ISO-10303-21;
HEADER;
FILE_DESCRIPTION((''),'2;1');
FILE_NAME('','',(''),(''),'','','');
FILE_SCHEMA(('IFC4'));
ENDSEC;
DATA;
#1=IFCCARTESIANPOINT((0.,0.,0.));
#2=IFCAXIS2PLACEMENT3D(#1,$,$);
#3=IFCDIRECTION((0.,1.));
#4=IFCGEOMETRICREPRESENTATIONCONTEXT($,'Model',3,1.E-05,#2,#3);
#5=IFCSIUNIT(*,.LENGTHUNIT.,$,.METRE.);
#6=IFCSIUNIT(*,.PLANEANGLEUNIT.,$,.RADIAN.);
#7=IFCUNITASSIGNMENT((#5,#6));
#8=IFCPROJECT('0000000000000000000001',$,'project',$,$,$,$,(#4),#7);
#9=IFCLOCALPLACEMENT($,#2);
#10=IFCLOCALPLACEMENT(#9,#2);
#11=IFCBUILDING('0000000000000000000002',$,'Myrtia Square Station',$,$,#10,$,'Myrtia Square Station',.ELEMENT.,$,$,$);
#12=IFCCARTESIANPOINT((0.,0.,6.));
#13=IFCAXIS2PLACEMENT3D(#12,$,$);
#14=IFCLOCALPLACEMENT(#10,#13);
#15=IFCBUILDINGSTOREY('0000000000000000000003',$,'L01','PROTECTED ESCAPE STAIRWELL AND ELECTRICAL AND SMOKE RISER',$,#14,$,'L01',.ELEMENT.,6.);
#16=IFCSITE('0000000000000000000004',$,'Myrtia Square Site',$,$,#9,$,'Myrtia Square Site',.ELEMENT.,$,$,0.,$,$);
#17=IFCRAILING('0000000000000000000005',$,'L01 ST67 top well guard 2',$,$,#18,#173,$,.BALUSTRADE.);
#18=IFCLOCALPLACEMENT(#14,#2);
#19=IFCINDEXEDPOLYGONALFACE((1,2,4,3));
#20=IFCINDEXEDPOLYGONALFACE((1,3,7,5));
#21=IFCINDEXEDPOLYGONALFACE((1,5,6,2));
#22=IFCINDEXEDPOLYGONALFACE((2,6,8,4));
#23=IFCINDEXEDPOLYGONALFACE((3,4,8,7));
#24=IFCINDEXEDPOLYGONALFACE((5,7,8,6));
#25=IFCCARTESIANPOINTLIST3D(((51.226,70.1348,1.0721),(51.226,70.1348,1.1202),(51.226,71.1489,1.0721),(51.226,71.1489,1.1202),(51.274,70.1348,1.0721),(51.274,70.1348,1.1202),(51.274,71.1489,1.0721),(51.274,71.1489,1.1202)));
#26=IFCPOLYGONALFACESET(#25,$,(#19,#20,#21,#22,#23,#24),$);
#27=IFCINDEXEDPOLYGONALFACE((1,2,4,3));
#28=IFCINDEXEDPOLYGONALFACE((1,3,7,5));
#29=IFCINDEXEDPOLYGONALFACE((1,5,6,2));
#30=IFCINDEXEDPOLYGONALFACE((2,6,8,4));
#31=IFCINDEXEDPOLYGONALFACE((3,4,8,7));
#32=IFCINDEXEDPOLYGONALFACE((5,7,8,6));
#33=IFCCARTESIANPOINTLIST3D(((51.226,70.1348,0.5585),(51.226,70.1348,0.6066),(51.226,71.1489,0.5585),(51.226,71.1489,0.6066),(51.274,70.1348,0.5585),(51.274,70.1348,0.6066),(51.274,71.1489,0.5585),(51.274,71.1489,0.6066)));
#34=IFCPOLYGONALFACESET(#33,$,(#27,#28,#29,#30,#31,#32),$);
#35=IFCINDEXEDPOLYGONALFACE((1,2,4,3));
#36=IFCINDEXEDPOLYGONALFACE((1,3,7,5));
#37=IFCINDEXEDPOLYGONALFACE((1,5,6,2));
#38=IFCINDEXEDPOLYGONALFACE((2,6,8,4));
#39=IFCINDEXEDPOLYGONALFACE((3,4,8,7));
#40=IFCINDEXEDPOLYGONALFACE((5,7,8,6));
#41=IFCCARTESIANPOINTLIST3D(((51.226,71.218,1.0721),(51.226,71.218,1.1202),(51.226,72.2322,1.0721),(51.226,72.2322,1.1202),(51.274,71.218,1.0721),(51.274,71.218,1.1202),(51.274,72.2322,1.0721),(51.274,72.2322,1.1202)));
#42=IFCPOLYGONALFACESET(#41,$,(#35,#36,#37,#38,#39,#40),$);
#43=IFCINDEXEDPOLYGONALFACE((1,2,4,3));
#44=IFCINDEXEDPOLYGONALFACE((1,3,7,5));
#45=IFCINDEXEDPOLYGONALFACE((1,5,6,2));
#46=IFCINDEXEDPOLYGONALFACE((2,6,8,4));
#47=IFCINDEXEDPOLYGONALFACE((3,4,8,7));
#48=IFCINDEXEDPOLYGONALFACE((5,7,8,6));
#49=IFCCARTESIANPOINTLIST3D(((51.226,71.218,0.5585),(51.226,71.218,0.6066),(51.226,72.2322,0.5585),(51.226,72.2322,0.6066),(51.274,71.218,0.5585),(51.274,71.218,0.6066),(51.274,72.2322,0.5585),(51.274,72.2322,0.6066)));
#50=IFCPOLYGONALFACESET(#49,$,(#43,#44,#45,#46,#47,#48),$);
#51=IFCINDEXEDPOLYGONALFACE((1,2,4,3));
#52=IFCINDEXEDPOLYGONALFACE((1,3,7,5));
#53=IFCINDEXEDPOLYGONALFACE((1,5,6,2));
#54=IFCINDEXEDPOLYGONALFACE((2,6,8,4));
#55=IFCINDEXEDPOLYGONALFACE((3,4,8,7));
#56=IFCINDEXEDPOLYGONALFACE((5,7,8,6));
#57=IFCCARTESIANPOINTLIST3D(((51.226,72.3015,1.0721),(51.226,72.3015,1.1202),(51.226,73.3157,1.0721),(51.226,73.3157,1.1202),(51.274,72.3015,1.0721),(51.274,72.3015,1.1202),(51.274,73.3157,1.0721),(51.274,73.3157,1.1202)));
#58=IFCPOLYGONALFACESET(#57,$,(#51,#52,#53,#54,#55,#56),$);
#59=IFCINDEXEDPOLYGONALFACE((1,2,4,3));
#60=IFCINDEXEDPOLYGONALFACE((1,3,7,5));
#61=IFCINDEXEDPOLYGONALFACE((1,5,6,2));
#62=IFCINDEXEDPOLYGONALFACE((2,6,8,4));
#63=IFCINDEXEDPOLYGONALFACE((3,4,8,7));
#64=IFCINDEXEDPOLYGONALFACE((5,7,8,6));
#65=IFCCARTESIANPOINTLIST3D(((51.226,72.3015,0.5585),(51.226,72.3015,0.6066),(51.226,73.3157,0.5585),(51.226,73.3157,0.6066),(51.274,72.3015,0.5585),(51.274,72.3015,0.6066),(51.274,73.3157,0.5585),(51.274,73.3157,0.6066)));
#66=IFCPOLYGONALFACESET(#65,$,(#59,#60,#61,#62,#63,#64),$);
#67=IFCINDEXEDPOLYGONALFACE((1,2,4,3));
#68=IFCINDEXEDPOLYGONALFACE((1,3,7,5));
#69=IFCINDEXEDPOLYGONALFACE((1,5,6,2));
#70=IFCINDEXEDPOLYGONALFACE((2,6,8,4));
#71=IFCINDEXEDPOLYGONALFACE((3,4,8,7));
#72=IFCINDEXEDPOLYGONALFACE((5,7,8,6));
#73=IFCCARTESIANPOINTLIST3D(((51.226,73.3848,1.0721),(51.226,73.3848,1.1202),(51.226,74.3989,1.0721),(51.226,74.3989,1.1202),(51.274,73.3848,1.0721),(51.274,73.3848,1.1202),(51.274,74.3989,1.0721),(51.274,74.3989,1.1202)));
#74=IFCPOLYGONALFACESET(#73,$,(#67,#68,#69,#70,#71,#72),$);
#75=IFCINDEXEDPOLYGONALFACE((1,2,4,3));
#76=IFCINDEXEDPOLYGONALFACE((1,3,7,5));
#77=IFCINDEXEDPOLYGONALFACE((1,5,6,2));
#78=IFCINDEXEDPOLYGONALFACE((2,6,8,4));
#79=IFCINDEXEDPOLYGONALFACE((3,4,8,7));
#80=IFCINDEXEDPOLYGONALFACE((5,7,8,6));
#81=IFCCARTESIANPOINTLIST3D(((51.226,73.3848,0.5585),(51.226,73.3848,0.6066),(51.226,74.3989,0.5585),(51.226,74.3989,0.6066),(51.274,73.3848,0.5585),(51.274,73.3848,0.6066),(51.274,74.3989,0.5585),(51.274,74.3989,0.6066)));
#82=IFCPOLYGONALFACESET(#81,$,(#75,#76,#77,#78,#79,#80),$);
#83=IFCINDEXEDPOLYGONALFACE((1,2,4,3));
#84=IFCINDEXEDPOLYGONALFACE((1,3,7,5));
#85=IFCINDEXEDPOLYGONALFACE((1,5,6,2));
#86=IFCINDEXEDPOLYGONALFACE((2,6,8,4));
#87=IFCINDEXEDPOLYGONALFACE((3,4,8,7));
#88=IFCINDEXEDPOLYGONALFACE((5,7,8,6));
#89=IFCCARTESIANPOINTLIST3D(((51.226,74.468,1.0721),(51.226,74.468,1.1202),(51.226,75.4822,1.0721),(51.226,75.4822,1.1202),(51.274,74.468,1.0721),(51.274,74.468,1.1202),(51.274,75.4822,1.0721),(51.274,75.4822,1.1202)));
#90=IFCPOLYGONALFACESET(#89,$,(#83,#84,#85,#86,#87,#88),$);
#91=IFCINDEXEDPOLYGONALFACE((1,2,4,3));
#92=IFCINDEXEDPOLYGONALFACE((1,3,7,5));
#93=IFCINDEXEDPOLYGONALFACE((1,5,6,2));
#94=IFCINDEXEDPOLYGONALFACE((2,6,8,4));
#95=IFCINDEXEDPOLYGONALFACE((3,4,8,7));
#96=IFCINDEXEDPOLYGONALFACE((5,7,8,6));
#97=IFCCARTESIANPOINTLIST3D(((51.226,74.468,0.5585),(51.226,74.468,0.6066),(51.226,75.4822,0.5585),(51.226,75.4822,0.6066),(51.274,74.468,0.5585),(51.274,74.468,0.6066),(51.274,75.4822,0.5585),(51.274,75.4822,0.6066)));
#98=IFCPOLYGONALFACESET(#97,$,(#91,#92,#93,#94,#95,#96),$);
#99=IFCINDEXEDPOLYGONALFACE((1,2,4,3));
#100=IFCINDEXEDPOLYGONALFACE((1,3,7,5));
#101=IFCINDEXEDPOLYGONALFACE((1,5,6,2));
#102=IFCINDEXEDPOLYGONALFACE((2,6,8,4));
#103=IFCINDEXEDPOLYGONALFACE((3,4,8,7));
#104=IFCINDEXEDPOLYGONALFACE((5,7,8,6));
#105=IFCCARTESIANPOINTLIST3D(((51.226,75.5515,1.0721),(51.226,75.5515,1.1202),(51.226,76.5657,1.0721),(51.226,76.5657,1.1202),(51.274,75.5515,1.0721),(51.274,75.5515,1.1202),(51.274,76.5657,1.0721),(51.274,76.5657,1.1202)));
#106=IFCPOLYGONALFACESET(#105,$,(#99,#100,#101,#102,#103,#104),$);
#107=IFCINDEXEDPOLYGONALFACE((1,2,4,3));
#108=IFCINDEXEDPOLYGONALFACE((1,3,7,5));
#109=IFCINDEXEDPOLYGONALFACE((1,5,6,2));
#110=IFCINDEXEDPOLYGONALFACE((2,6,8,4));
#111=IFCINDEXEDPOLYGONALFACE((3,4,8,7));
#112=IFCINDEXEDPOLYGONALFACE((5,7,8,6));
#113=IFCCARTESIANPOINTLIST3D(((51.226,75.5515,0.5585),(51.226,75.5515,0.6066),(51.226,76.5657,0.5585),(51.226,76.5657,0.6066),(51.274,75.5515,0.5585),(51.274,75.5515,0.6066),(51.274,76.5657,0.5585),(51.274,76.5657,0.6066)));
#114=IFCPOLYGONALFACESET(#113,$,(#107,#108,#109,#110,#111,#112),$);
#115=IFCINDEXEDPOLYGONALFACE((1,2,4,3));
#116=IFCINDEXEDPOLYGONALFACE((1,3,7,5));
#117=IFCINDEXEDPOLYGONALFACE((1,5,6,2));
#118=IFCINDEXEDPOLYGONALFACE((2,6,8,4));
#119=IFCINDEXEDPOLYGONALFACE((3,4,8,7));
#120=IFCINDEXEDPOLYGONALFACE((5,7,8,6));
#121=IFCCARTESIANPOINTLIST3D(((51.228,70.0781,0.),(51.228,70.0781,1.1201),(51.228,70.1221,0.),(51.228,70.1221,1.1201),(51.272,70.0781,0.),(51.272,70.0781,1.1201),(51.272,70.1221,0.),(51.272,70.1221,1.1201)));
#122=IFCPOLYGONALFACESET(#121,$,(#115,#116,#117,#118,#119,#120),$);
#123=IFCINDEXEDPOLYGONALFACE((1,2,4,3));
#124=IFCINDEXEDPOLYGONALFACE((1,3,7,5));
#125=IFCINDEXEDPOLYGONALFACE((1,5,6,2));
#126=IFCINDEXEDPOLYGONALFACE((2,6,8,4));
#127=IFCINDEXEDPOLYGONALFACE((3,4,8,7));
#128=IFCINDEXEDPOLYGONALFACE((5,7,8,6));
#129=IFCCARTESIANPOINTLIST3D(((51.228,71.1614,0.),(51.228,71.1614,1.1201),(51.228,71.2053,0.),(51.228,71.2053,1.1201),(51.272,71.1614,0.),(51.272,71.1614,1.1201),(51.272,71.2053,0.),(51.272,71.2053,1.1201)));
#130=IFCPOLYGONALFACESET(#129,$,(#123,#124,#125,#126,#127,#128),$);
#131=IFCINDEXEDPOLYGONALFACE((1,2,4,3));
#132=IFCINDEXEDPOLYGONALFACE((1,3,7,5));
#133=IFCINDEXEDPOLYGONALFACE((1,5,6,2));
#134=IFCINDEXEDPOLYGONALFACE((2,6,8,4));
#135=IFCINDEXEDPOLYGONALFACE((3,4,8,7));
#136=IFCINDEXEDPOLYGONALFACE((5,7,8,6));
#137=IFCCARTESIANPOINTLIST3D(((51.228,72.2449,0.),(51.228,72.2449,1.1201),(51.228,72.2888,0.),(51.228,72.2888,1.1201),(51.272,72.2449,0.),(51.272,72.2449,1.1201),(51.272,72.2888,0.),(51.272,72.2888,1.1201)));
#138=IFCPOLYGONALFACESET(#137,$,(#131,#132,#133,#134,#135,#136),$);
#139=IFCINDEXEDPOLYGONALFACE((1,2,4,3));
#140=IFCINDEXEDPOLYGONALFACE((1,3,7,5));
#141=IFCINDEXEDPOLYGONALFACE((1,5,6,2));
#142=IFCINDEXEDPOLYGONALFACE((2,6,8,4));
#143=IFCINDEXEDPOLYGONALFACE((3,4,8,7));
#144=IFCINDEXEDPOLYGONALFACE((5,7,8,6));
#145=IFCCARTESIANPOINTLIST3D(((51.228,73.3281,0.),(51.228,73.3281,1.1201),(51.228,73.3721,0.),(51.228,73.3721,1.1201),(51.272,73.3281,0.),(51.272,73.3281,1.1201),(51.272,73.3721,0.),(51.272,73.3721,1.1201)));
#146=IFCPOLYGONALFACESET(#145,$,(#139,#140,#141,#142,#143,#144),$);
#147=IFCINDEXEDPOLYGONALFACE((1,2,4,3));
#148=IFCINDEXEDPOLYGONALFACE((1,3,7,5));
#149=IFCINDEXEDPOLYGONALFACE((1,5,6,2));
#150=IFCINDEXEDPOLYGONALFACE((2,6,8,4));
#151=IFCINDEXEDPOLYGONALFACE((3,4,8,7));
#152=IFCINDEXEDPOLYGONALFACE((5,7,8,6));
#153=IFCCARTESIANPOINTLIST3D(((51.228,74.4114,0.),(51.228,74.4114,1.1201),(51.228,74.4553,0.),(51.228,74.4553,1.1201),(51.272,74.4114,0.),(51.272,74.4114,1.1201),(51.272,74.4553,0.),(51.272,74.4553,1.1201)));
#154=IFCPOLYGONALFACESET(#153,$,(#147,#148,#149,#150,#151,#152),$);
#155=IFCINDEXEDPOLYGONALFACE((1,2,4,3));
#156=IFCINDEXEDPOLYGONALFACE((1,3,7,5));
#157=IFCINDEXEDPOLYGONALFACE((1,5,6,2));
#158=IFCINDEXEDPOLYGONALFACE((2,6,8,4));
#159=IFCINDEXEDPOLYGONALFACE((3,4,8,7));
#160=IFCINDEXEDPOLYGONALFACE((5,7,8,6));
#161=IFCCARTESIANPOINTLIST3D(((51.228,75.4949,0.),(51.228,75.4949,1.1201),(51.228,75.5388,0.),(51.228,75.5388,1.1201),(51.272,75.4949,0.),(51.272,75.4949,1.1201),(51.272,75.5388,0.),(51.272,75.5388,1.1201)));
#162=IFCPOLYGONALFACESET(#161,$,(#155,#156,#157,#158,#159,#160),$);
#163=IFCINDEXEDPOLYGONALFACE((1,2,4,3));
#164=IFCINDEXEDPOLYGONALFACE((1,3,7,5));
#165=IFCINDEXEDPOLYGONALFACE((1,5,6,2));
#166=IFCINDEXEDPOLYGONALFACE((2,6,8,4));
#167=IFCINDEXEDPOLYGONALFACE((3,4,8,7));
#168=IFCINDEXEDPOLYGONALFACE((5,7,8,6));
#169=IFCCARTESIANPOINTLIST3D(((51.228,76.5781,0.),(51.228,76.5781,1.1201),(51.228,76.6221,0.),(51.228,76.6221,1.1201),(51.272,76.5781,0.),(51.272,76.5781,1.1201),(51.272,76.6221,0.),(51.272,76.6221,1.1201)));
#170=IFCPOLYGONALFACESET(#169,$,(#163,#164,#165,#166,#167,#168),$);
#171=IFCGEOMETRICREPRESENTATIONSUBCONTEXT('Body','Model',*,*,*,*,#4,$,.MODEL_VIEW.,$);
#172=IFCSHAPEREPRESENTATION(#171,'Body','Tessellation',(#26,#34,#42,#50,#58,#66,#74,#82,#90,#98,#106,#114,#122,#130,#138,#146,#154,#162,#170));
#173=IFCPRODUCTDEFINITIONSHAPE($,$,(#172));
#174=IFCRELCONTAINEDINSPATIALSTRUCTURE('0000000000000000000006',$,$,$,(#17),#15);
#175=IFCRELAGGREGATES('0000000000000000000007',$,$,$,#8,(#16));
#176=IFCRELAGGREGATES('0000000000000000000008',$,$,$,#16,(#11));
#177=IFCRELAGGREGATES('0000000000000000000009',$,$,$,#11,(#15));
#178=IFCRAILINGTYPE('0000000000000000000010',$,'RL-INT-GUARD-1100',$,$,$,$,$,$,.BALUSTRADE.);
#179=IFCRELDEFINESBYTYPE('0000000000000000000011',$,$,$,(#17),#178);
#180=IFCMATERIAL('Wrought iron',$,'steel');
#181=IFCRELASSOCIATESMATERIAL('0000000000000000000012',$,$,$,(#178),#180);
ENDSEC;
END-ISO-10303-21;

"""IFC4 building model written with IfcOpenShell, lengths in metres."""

from ifc_helpers import new_model, si_unit, direction, frame, origin, origin_2d, place, context, subcontext, project, spatial, rectangle, extrude, material, type_object, element, save


model = new_model("IFC4")

# Units and contexts
model_context = context("Model", 3, precision=1e-05, world=origin(), true_north=direction((0.0, 1.0)))
body_context = subcontext(model_context, "Body", "Model", "MODEL_VIEW")
ifc_project = project(units=[si_unit("LENGTHUNIT", "METRE"), si_unit("PLANEANGLEUNIT", "RADIAN")], contexts=[model_context])

# Site, building, storey
site_placement = place(None, origin())
site = spatial("IfcSite", under=ifc_project, at=site_placement, Name="Myrtia Square Site", LongName="Myrtia Square Site", CompositionType="ELEMENT", RefElevation=0.0)
building_placement = place(site_placement, origin())
building = spatial("IfcBuilding", under=site, at=building_placement, Name="Myrtia Square Station", LongName="Myrtia Square Station", CompositionType="ELEMENT")
storey_placement = place(building_placement, frame((0.0, 0.0, 6.0)))
storey = spatial("IfcBuildingStorey", under=building, at=storey_placement, Name="L01", Description="PROTECTED ESCAPE STAIRWELL AND ELECTRICAL AND SMOKE RISER", LongName="L01", CompositionType="ELEMENT", Elevation=6.0)

# Railing
ifc_material_1 = material(Name="Wrought iron", Category="steel")
railing_type = type_object("IfcRailingType", Name="RL-INT-GUARD-1100", PredefinedType="BALUSTRADE", material=ifc_material_1)
railing_1_placement = place(storey_placement, frame((51.25, 70.1001, 0.0)))
element("IfcRailing", 1, at=railing_1_placement, inside=storey, type_object=railing_type, Name="L01 ST67 top well guard 2", PredefinedType="BALUSTRADE", context=body_context, shape_type="SweptSolid", body=[
    extrude(rectangle(XDim=0.0481, YDim=0.0481, at=origin_2d()), frame((0.0, 0.0347, 1.0962), z_axis=(0.0, 1.0, 0.0), x_axis=(-1.0, 0.0, 0.0)), (0.0, 0.0, 1.0), 1.0142),
    extrude(rectangle(XDim=0.0481, YDim=0.0481, at=origin_2d()), frame((0.0, 0.0347, 0.5825), z_axis=(0.0, 1.0, 0.0), x_axis=(-1.0, 0.0, 0.0)), (0.0, 0.0, 1.0), 1.0142),
    extrude(rectangle(XDim=0.0481, YDim=0.0481, at=origin_2d()), frame((0.0, 1.1179, 1.0962), z_axis=(0.0, 1.0, 0.0), x_axis=(-1.0, 0.0, 0.0)), (0.0, 0.0, 1.0), 1.0142),
    extrude(rectangle(XDim=0.0481, YDim=0.0481, at=origin_2d()), frame((0.0, 1.1179, 0.5825), z_axis=(0.0, 1.0, 0.0), x_axis=(-1.0, 0.0, 0.0)), (0.0, 0.0, 1.0), 1.0142),
    extrude(rectangle(XDim=0.0481, YDim=0.0481, at=origin_2d()), frame((0.0, 2.2014, 1.0962), z_axis=(0.0, 1.0, 0.0), x_axis=(-1.0, 0.0, 0.0)), (0.0, 0.0, 1.0), 1.0142),
    extrude(rectangle(XDim=0.0481, YDim=0.0481, at=origin_2d()), frame((0.0, 2.2014, 0.5825), z_axis=(0.0, 1.0, 0.0), x_axis=(-1.0, 0.0, 0.0)), (0.0, 0.0, 1.0), 1.0142),
    extrude(rectangle(XDim=0.0481, YDim=0.0481, at=origin_2d()), frame((0.0, 3.2847, 1.0962), z_axis=(0.0, 1.0, 0.0), x_axis=(-1.0, 0.0, 0.0)), (0.0, 0.0, 1.0), 1.0142),
    extrude(rectangle(XDim=0.0481, YDim=0.0481, at=origin_2d()), frame((0.0, 3.2847, 0.5825), z_axis=(0.0, 1.0, 0.0), x_axis=(-1.0, 0.0, 0.0)), (0.0, 0.0, 1.0), 1.0142),
    extrude(rectangle(XDim=0.0481, YDim=0.0481, at=origin_2d()), frame((0.0, 4.3679, 1.0962), z_axis=(0.0, 1.0, 0.0), x_axis=(-1.0, 0.0, 0.0)), (0.0, 0.0, 1.0), 1.0142),
    extrude(rectangle(XDim=0.0481, YDim=0.0481, at=origin_2d()), frame((0.0, 4.3679, 0.5825), z_axis=(0.0, 1.0, 0.0), x_axis=(-1.0, 0.0, 0.0)), (0.0, 0.0, 1.0), 1.0142),
    extrude(rectangle(XDim=0.0481, YDim=0.0481, at=origin_2d()), frame((0.0, 5.4514, 1.0962), z_axis=(0.0, 1.0, 0.0), x_axis=(-1.0, 0.0, 0.0)), (0.0, 0.0, 1.0), 1.0142),
    extrude(rectangle(XDim=0.0481, YDim=0.0481, at=origin_2d()), frame((0.0, 5.4514, 0.5825), z_axis=(0.0, 1.0, 0.0), x_axis=(-1.0, 0.0, 0.0)), (0.0, 0.0, 1.0), 1.0142),
    extrude(rectangle(XDim=0.0439, YDim=0.0439, at=origin_2d()), origin(), (0.0, 0.0, 1.0), 1.1201),
    extrude(rectangle(XDim=0.0439, YDim=0.0439, at=origin_2d()), frame((0.0, 1.0833, 0.0)), (0.0, 0.0, 1.0), 1.1201),
    extrude(rectangle(XDim=0.0439, YDim=0.0439, at=origin_2d()), frame((0.0, 2.1667, 0.0)), (0.0, 0.0, 1.0), 1.1201),
    extrude(rectangle(XDim=0.0439, YDim=0.0439, at=origin_2d()), frame((0.0, 3.25, 0.0)), (0.0, 0.0, 1.0), 1.1201),
    extrude(rectangle(XDim=0.0439, YDim=0.0439, at=origin_2d()), frame((0.0, 4.3333, 0.0)), (0.0, 0.0, 1.0), 1.1201),
    extrude(rectangle(XDim=0.0439, YDim=0.0439, at=origin_2d()), frame((0.0, 5.4167, 0.0)), (0.0, 0.0, 1.0), 1.1201),
    extrude(rectangle(XDim=0.0439, YDim=0.0439, at=origin_2d()), frame((0.0, 6.5, 0.0)), (0.0, 0.0, 1.0), 1.1201),
])

save(model, "model.ifc")
